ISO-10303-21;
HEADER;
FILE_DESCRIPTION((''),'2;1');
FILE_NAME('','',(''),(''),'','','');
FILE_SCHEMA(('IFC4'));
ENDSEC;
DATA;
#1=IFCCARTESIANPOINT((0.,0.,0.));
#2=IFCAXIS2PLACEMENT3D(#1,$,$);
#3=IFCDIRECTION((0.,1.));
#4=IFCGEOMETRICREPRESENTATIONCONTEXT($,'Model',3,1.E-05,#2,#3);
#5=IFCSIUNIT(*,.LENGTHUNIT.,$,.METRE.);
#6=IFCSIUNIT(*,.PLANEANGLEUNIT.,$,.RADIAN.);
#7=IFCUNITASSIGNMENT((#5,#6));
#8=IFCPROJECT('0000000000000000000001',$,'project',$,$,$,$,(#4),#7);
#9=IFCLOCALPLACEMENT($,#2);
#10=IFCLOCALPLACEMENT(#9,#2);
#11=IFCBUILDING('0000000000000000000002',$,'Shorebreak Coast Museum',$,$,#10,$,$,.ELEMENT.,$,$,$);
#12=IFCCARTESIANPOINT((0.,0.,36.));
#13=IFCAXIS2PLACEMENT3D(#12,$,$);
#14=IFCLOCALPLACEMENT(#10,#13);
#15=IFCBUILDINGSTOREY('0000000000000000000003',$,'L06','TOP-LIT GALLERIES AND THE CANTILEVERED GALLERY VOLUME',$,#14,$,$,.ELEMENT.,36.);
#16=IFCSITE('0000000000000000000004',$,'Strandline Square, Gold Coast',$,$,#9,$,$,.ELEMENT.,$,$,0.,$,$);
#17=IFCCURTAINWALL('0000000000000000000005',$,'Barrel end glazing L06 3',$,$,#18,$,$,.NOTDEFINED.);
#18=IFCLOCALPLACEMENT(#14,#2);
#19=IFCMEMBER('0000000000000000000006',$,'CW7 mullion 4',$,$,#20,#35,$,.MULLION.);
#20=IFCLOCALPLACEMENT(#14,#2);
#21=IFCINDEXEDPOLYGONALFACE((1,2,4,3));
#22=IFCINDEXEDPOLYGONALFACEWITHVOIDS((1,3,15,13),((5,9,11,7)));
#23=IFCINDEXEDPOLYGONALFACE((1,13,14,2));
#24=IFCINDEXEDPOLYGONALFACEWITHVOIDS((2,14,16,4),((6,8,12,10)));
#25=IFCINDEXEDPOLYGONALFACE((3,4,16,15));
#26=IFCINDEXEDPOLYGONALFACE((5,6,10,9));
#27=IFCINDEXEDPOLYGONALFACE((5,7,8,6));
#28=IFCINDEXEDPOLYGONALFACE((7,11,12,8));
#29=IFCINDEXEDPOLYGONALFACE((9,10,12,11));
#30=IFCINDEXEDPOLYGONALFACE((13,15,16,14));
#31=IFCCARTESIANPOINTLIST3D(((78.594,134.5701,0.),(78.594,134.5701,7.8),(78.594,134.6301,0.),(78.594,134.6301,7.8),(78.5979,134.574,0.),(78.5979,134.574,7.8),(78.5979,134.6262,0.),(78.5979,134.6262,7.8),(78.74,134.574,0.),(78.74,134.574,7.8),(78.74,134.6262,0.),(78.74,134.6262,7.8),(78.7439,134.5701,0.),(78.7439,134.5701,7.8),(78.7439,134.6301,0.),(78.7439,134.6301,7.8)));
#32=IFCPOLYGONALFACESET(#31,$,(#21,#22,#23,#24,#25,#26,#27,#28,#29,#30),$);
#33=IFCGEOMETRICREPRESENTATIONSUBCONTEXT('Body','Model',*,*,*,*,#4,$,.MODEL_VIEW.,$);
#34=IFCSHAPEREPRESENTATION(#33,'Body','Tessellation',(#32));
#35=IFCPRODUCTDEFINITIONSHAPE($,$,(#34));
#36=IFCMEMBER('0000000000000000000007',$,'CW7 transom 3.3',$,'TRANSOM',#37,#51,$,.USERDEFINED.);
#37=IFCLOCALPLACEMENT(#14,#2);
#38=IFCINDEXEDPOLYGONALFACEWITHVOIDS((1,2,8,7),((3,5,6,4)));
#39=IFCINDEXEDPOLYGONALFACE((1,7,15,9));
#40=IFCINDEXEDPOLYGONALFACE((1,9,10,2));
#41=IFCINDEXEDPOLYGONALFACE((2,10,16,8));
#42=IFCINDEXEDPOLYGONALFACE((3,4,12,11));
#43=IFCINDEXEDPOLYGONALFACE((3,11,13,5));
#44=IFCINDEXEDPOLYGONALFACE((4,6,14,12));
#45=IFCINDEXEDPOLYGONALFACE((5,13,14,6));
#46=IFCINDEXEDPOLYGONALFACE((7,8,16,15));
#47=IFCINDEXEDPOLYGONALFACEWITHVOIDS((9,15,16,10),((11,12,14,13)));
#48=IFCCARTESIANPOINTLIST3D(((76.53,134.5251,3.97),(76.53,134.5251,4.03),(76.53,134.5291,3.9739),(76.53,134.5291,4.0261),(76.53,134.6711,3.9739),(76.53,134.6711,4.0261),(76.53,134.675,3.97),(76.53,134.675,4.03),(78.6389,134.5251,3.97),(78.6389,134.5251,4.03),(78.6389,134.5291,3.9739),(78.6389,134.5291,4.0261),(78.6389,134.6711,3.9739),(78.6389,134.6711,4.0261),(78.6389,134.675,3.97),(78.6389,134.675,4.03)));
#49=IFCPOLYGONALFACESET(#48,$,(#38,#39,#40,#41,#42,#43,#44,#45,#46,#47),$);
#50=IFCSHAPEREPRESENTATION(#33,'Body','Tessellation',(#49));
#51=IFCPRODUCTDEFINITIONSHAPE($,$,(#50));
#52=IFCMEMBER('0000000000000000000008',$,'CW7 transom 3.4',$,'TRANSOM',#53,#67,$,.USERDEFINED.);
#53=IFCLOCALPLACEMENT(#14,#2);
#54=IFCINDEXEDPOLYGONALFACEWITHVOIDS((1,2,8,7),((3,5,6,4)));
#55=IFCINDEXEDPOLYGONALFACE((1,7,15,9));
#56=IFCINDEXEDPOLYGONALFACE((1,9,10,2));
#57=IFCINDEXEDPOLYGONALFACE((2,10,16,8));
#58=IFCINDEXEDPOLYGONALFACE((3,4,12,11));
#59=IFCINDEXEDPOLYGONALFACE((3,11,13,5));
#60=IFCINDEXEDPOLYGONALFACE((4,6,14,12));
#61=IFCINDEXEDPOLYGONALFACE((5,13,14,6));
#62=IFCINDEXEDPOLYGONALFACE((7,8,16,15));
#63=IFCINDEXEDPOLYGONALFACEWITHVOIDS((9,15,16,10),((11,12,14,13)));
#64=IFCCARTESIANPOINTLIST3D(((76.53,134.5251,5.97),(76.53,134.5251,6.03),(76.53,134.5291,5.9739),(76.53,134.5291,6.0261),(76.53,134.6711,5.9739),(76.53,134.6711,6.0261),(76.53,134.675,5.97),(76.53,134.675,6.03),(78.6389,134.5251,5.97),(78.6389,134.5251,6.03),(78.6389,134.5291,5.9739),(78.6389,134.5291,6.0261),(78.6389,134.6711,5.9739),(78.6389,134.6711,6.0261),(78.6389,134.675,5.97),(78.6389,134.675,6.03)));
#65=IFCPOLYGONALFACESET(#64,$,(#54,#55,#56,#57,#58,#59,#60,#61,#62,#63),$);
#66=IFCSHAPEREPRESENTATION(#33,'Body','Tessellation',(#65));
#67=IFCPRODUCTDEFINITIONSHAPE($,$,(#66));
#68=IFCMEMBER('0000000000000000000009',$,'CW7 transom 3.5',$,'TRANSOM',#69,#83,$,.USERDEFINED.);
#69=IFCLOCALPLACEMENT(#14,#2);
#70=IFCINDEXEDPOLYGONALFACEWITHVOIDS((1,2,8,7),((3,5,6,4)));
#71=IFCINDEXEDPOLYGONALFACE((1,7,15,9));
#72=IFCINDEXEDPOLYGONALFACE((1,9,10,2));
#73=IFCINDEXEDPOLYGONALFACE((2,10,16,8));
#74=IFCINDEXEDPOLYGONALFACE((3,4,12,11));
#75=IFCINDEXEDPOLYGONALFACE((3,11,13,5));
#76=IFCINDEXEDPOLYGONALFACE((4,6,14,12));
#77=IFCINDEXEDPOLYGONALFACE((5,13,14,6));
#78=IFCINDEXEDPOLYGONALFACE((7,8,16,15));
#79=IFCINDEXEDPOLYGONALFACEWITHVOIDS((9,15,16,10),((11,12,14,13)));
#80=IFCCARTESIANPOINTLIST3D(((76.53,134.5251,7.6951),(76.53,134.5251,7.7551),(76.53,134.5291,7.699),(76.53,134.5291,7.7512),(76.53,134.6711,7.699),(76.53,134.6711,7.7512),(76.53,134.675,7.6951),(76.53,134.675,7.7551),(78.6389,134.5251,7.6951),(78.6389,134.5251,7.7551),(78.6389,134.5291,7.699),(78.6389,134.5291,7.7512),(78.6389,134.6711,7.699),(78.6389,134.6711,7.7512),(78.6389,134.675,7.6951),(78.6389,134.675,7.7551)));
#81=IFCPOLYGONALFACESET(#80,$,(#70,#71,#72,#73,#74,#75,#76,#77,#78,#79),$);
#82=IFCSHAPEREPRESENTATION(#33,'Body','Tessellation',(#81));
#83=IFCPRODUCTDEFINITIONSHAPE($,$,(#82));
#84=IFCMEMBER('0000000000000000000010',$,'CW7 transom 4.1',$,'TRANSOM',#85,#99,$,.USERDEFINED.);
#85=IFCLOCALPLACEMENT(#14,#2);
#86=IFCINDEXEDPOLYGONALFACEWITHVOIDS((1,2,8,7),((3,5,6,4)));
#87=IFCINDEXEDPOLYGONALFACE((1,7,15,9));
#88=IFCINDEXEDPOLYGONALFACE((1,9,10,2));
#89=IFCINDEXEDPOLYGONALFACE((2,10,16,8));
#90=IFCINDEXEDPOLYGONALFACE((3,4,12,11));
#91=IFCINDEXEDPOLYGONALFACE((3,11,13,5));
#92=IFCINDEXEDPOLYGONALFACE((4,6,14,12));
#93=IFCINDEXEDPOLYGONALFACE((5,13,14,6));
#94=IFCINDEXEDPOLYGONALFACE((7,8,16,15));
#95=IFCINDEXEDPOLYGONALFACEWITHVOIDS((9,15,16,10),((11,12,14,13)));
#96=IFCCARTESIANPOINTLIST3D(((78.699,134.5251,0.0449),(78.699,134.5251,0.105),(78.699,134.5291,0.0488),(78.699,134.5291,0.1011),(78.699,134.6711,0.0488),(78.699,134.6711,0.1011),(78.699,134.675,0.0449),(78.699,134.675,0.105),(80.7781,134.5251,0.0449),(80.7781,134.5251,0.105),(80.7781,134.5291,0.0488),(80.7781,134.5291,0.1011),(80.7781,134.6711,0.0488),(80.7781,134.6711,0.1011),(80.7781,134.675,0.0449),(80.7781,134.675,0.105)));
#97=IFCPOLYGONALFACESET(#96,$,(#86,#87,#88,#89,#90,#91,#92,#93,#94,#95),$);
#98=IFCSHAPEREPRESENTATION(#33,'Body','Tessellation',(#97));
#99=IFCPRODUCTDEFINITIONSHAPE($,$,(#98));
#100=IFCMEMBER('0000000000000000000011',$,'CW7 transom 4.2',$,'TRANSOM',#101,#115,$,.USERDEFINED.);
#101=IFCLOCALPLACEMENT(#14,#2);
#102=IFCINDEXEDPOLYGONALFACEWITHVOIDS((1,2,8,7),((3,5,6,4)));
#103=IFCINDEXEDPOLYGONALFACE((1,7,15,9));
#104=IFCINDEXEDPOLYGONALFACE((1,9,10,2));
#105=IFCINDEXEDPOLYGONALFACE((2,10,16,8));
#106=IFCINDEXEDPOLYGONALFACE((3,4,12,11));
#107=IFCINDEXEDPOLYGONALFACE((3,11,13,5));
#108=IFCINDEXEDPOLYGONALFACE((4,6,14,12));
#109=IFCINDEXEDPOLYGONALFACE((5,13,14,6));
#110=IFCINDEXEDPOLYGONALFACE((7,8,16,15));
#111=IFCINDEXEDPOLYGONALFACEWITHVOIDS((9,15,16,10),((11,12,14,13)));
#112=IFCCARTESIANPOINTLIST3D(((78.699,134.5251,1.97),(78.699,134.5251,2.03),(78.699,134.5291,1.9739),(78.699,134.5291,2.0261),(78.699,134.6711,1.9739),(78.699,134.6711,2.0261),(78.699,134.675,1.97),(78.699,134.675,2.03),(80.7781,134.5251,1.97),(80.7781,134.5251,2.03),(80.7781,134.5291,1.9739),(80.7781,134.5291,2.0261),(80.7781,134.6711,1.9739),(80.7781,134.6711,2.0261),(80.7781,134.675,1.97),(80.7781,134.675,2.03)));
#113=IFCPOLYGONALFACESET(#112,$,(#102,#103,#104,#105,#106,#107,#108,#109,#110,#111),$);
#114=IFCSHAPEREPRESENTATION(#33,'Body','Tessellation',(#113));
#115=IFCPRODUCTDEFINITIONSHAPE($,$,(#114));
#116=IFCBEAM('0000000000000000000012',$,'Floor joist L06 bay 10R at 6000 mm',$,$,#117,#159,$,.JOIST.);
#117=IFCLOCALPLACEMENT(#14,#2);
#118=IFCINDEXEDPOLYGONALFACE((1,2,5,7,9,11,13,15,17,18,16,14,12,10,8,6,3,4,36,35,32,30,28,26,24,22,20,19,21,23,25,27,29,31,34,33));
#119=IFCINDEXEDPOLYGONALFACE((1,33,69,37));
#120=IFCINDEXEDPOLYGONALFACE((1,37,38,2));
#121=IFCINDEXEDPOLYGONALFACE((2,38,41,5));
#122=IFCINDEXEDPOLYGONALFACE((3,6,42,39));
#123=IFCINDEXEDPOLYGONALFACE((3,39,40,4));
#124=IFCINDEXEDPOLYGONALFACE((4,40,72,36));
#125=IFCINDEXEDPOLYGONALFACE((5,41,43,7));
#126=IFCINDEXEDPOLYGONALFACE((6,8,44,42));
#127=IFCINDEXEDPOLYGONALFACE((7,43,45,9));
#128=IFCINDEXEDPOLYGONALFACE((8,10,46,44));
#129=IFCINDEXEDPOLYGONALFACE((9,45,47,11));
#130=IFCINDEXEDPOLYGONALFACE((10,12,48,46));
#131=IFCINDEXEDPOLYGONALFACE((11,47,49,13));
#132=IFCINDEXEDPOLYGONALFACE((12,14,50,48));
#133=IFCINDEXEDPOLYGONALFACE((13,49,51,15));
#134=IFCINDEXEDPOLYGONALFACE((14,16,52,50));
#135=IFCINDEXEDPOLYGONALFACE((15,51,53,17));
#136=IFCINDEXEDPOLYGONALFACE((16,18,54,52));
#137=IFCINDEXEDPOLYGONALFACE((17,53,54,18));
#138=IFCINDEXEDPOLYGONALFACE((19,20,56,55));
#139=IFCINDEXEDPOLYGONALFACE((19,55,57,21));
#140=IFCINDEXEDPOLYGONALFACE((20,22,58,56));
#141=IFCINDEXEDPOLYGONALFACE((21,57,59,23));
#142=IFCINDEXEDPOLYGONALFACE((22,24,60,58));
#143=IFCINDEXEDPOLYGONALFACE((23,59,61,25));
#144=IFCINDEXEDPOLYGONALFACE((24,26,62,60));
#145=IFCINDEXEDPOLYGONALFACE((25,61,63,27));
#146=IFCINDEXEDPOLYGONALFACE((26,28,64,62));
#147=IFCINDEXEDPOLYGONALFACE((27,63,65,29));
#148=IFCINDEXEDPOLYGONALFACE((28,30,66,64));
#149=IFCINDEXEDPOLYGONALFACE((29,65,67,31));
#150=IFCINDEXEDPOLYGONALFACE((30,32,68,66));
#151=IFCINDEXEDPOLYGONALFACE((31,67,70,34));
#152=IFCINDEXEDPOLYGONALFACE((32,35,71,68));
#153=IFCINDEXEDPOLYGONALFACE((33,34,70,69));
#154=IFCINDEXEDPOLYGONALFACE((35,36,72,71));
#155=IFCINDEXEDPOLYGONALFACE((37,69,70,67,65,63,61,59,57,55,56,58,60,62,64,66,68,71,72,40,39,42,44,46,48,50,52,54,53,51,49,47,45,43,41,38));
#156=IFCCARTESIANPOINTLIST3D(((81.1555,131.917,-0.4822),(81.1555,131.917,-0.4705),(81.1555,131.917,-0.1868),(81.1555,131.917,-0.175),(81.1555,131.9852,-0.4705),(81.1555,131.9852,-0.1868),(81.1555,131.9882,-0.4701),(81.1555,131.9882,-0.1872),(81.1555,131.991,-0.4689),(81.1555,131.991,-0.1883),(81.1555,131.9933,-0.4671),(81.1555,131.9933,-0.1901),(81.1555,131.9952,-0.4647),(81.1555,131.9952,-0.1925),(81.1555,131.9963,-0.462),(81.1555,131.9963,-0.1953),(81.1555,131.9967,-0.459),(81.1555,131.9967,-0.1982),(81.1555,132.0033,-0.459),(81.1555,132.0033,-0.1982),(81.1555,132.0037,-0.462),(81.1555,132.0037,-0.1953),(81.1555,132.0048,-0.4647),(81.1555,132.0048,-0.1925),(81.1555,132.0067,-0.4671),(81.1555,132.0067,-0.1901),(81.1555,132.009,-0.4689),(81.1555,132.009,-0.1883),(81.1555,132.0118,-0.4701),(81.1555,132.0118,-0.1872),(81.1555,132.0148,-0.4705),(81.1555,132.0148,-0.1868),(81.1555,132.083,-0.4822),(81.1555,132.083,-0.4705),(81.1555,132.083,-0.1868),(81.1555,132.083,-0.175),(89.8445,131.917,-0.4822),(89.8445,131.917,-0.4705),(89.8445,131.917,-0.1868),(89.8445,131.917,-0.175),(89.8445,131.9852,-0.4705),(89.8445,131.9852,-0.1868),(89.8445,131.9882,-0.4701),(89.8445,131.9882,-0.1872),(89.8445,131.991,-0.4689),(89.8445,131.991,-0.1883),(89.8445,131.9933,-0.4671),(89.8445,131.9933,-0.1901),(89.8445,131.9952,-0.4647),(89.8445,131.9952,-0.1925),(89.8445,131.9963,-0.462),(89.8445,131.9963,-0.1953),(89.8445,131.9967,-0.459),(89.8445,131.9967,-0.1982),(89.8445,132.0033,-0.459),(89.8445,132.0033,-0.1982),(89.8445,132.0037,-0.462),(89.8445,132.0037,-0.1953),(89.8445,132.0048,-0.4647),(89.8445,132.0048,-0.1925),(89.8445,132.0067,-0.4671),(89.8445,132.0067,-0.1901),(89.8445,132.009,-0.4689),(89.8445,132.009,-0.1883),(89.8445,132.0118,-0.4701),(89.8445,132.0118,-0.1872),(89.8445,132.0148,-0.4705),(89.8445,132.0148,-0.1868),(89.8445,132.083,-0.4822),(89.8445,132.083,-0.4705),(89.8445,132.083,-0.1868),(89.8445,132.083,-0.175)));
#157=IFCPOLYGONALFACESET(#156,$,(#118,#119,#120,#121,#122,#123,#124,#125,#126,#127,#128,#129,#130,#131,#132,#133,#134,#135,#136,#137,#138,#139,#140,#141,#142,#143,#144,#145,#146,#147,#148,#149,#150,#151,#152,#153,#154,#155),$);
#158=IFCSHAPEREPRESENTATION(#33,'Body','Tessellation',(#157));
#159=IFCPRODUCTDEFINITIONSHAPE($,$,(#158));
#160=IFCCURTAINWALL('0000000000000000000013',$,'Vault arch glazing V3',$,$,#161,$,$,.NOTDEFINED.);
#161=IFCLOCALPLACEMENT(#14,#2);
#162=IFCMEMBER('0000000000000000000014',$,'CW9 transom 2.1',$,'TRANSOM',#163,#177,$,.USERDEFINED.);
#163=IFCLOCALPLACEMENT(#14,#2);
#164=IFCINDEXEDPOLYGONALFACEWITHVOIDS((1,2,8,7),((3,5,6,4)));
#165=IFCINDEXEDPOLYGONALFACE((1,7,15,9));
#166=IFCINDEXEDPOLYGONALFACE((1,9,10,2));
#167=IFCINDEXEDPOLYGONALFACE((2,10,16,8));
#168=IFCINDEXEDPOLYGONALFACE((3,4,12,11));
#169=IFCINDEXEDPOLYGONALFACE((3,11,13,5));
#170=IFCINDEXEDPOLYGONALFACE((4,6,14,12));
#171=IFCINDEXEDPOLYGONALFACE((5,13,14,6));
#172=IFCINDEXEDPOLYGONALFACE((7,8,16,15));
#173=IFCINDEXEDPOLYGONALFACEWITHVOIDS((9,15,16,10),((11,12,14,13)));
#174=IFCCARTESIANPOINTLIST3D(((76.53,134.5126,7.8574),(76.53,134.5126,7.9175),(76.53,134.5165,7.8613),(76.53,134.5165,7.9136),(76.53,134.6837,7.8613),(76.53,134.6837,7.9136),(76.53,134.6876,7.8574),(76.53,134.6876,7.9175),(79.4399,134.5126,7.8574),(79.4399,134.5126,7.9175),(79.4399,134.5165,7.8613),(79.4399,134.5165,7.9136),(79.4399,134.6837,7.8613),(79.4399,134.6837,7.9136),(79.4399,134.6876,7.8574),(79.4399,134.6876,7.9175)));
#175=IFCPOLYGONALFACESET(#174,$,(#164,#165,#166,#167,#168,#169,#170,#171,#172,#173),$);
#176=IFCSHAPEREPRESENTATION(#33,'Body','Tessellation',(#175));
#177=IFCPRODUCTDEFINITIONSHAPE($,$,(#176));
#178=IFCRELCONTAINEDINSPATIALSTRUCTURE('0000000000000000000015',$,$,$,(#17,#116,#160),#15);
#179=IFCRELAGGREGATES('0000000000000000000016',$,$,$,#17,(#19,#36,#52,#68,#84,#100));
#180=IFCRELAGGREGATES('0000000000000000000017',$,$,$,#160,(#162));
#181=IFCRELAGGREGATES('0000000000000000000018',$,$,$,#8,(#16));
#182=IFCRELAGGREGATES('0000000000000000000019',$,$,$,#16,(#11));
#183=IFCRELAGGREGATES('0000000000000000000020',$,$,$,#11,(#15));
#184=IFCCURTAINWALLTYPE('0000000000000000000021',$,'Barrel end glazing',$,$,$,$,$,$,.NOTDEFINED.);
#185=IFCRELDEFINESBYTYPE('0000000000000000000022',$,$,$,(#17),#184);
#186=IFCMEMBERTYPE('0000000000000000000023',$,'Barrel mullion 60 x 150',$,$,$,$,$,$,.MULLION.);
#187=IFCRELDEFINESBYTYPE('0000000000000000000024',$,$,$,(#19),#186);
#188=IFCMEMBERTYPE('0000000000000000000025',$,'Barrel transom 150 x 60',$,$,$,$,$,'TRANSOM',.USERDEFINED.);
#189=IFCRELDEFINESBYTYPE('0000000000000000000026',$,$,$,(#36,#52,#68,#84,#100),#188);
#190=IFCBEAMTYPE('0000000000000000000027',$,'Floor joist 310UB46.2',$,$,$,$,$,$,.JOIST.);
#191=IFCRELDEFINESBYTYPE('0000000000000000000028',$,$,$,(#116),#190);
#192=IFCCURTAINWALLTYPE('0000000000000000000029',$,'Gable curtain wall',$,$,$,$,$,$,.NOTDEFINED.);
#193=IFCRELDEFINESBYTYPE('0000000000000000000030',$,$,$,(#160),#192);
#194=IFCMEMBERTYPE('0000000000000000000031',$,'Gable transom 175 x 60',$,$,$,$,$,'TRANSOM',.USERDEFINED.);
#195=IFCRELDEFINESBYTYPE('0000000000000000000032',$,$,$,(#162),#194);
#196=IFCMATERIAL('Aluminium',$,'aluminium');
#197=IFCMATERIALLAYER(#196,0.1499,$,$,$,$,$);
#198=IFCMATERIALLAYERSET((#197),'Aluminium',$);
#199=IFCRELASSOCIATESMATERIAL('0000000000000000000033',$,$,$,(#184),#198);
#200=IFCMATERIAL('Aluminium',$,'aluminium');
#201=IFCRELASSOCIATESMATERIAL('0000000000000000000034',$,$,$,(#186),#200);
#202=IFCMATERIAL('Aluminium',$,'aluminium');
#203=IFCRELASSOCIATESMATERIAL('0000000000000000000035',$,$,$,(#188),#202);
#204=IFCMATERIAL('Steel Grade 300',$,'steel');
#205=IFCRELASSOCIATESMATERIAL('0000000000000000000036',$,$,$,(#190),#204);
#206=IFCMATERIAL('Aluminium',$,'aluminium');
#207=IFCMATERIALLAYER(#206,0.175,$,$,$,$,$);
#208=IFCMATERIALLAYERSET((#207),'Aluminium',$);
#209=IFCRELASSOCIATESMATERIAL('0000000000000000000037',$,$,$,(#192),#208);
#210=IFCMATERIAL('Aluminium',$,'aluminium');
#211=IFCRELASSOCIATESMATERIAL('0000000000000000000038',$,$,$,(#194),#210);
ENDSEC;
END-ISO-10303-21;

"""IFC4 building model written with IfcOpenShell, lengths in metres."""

from ifc_helpers import new_model, si_unit, direction, frame, origin, origin_2d, place, context, subcontext, project, spatial, hollow_rectangle, i_section, extrude, material, layer, layer_set, material_profile, profile_set, type_object, element, aggregate, save


model = new_model("IFC4")

# Units and contexts
model_context = context("Model", 3, precision=1e-05, world=origin(), true_north=direction((0.0, 1.0)))
body_context = subcontext(model_context, "Body", "Model", "MODEL_VIEW")
ifc_project = project(units=[si_unit("LENGTHUNIT", "METRE"), si_unit("PLANEANGLEUNIT", "RADIAN")], contexts=[model_context])

# Site, building, storey
site_placement = place(None, origin())
site = spatial("IfcSite", under=ifc_project, at=site_placement, Name="Strandline Square, Gold Coast", CompositionType="ELEMENT", RefElevation=0.0)
building_placement = place(site_placement, origin())
building = spatial("IfcBuilding", under=site, at=building_placement, Name="Shorebreak Coast Museum", CompositionType="ELEMENT")
storey_placement = place(building_placement, frame((0.0, 0.0, 36.0)))
storey = spatial("IfcBuildingStorey", under=building, at=storey_placement, Name="L06", Description="TOP-LIT GALLERIES AND THE CANTILEVERED GALLERY VOLUME", CompositionType="ELEMENT", Elevation=36.0)

# Curtain wall, members
ifc_material_1 = material(Name="Aluminium", Category="aluminium")
ifc_layer_1 = layer(ifc_material_1, 0.1499)
ifc_layer_set_1 = layer_set([ifc_layer_1], Name="Aluminium")
curtain_wall_type_1 = type_object("IfcCurtainWallType", Name="Barrel end glazing", PredefinedType="NOTDEFINED", material=ifc_layer_set_1)
curtain_wall_1_placement = place(storey_placement, origin())
curtain_wall_1 = element("IfcCurtainWall", 1, at=curtain_wall_1_placement, inside=storey, type_object=curtain_wall_type_1, Name="Barrel end glazing L06 3", PredefinedType="NOTDEFINED")
ifc_material_2 = material(Name="Aluminium", Category="aluminium")
ifc_material_profile_1 = material_profile(ifc_material_2, hollow_rectangle(XDim=0.0601, YDim=0.1499, WallThickness=0.0039, at=origin_2d()), Name="AL 150x60 RHS")
ifc_profile_set_1 = profile_set([ifc_material_profile_1], Name="Aluminium")
member_type_1 = type_object("IfcMemberType", Name="Barrel mullion 60 x 150", PredefinedType="MULLION", material=ifc_profile_set_1)
member_1_placement = place(storey_placement, frame((78.6689, 134.6001, 0.0), z_axis=(0.0, 0.0, 1.0), x_axis=(0.0, 1.0, 0.0)))
member_1 = element("IfcMember", 2, at=member_1_placement, type_object=member_type_1, Name="CW7 mullion 4", PredefinedType="MULLION", context=body_context, shape_type="SweptSolid", body=[
    extrude(hollow_rectangle(XDim=0.0601, YDim=0.1499, WallThickness=0.0039, at=origin_2d()), origin(), (0.0, 0.0, 1.0), 7.8),
])
ifc_material_3 = material(Name="Aluminium", Category="aluminium")
ifc_material_profile_2 = material_profile(ifc_material_3, hollow_rectangle(XDim=0.1499, YDim=0.0601, WallThickness=0.0039, at=origin_2d()), Name="AL 60x150 RHS")
ifc_profile_set_2 = profile_set([ifc_material_profile_2], Name="Aluminium")
member_type_2 = type_object("IfcMemberType", Name="Barrel transom 150 x 60", ElementType="TRANSOM", PredefinedType="USERDEFINED", material=ifc_profile_set_2)
member_2_placement = place(storey_placement, frame((76.53, 134.6001, 4.0), z_axis=(1.0, 0.0, 0.0), x_axis=(0.0, 1.0, 0.0)))
member_2 = element("IfcMember", 3, at=member_2_placement, type_object=member_type_2, Name="CW7 transom 3.3", ObjectType="TRANSOM", PredefinedType="USERDEFINED", context=body_context, shape_type="SweptSolid", body=[
    extrude(hollow_rectangle(XDim=0.1499, YDim=0.0601, WallThickness=0.0039, at=origin_2d()), origin(), (0.0, 0.0, 1.0), 2.1089),
])
member_3_placement = place(storey_placement, frame((76.53, 134.6001, 6.0), z_axis=(1.0, 0.0, 0.0), x_axis=(0.0, 1.0, 0.0)))
member_3 = element("IfcMember", 4, at=member_3_placement, type_object=member_type_2, Name="CW7 transom 3.4", ObjectType="TRANSOM", PredefinedType="USERDEFINED", context=body_context, shape_type="SweptSolid", body=[
    extrude(hollow_rectangle(XDim=0.1499, YDim=0.0601, WallThickness=0.0039, at=origin_2d()), origin(), (0.0, 0.0, 1.0), 2.1089),
])
member_4_placement = place(storey_placement, frame((76.53, 134.6001, 7.7251), z_axis=(1.0, 0.0, 0.0), x_axis=(0.0, 1.0, 0.0)))
member_4 = element("IfcMember", 5, at=member_4_placement, type_object=member_type_2, Name="CW7 transom 3.5", ObjectType="TRANSOM", PredefinedType="USERDEFINED", context=body_context, shape_type="SweptSolid", body=[
    extrude(hollow_rectangle(XDim=0.1499, YDim=0.0601, WallThickness=0.0039, at=origin_2d()), origin(), (0.0, 0.0, 1.0), 2.1089),
])
member_5_placement = place(storey_placement, frame((78.699, 134.6001, 0.075), z_axis=(1.0, 0.0, 0.0), x_axis=(0.0, 1.0, 0.0)))
member_5 = element("IfcMember", 6, at=member_5_placement, type_object=member_type_2, Name="CW7 transom 4.1", ObjectType="TRANSOM", PredefinedType="USERDEFINED", context=body_context, shape_type="SweptSolid", body=[
    extrude(hollow_rectangle(XDim=0.1499, YDim=0.0601, WallThickness=0.0039, at=origin_2d()), origin(), (0.0, 0.0, 1.0), 2.0791),
])
member_6_placement = place(storey_placement, frame((78.699, 134.6001, 2.0), z_axis=(1.0, 0.0, 0.0), x_axis=(0.0, 1.0, 0.0)))
member_6 = element("IfcMember", 7, at=member_6_placement, type_object=member_type_2, Name="CW7 transom 4.2", ObjectType="TRANSOM", PredefinedType="USERDEFINED", context=body_context, shape_type="SweptSolid", body=[
    extrude(hollow_rectangle(XDim=0.1499, YDim=0.0601, WallThickness=0.0039, at=origin_2d()), origin(), (0.0, 0.0, 1.0), 2.0791),
])

# Beam
ifc_material_4 = material(Name="Steel Grade 300", Category="steel")
ifc_material_profile_3 = material_profile(ifc_material_4, i_section(OverallWidth=0.166, OverallDepth=0.3071, WebThickness=0.0066, FlangeThickness=0.0117, FilletRadius=0.0115, at=origin_2d()), Name="310UB46.2")
ifc_profile_set_3 = profile_set([ifc_material_profile_3], Name="Steel Grade 300")
beam_type = type_object("IfcBeamType", Name="Floor joist 310UB46.2", PredefinedType="JOIST", material=ifc_profile_set_3)
beam_placement = place(storey_placement, frame((81.1555, 132.0, -0.3286), z_axis=(1.0, 0.0, 0.0), x_axis=(0.0, 1.0, 0.0)))
element("IfcBeam", 8, at=beam_placement, inside=storey, type_object=beam_type, Name="Floor joist L06 bay 10R at 6000 mm", PredefinedType="JOIST", context=body_context, shape_type="SweptSolid", body=[
    extrude(i_section(OverallWidth=0.166, OverallDepth=0.3071, WebThickness=0.0066, FlangeThickness=0.0117, FilletRadius=0.0115, at=origin_2d()), origin(), (0.0, 0.0, 1.0), 8.689),
])

# Curtain wall, member
ifc_material_5 = material(Name="Aluminium", Category="aluminium")
ifc_layer_2 = layer(ifc_material_5, 0.175)
ifc_layer_set_2 = layer_set([ifc_layer_2], Name="Aluminium")
curtain_wall_type_2 = type_object("IfcCurtainWallType", Name="Gable curtain wall", PredefinedType="NOTDEFINED", material=ifc_layer_set_2)
curtain_wall_2_placement = place(storey_placement, origin())
curtain_wall_2 = element("IfcCurtainWall", 9, at=curtain_wall_2_placement, inside=storey, type_object=curtain_wall_type_2, Name="Vault arch glazing V3", PredefinedType="NOTDEFINED")
ifc_material_6 = material(Name="Aluminium", Category="aluminium")
ifc_material_profile_4 = material_profile(ifc_material_6, hollow_rectangle(XDim=0.175, YDim=0.0601, WallThickness=0.0039, at=origin_2d()), Name="AL 60x175 RHS")
ifc_profile_set_4 = profile_set([ifc_material_profile_4], Name="Aluminium")
member_type_3 = type_object("IfcMemberType", Name="Gable transom 175 x 60", ElementType="TRANSOM", PredefinedType="USERDEFINED", material=ifc_profile_set_4)
member_7_placement = place(storey_placement, frame((76.53, 134.6001, 7.8875), z_axis=(1.0, 0.0, 0.0), x_axis=(0.0, 1.0, 0.0)))
member_7 = element("IfcMember", 10, at=member_7_placement, type_object=member_type_3, Name="CW9 transom 2.1", ObjectType="TRANSOM", PredefinedType="USERDEFINED", context=body_context, shape_type="SweptSolid", body=[
    extrude(hollow_rectangle(XDim=0.175, YDim=0.0601, WallThickness=0.0039, at=origin_2d()), origin(), (0.0, 0.0, 1.0), 2.9099),
])

aggregate(curtain_wall_1, [member_1, member_2, member_3, member_4, member_5, member_6])
aggregate(curtain_wall_2, [member_7])

save(model, "model.ifc")
